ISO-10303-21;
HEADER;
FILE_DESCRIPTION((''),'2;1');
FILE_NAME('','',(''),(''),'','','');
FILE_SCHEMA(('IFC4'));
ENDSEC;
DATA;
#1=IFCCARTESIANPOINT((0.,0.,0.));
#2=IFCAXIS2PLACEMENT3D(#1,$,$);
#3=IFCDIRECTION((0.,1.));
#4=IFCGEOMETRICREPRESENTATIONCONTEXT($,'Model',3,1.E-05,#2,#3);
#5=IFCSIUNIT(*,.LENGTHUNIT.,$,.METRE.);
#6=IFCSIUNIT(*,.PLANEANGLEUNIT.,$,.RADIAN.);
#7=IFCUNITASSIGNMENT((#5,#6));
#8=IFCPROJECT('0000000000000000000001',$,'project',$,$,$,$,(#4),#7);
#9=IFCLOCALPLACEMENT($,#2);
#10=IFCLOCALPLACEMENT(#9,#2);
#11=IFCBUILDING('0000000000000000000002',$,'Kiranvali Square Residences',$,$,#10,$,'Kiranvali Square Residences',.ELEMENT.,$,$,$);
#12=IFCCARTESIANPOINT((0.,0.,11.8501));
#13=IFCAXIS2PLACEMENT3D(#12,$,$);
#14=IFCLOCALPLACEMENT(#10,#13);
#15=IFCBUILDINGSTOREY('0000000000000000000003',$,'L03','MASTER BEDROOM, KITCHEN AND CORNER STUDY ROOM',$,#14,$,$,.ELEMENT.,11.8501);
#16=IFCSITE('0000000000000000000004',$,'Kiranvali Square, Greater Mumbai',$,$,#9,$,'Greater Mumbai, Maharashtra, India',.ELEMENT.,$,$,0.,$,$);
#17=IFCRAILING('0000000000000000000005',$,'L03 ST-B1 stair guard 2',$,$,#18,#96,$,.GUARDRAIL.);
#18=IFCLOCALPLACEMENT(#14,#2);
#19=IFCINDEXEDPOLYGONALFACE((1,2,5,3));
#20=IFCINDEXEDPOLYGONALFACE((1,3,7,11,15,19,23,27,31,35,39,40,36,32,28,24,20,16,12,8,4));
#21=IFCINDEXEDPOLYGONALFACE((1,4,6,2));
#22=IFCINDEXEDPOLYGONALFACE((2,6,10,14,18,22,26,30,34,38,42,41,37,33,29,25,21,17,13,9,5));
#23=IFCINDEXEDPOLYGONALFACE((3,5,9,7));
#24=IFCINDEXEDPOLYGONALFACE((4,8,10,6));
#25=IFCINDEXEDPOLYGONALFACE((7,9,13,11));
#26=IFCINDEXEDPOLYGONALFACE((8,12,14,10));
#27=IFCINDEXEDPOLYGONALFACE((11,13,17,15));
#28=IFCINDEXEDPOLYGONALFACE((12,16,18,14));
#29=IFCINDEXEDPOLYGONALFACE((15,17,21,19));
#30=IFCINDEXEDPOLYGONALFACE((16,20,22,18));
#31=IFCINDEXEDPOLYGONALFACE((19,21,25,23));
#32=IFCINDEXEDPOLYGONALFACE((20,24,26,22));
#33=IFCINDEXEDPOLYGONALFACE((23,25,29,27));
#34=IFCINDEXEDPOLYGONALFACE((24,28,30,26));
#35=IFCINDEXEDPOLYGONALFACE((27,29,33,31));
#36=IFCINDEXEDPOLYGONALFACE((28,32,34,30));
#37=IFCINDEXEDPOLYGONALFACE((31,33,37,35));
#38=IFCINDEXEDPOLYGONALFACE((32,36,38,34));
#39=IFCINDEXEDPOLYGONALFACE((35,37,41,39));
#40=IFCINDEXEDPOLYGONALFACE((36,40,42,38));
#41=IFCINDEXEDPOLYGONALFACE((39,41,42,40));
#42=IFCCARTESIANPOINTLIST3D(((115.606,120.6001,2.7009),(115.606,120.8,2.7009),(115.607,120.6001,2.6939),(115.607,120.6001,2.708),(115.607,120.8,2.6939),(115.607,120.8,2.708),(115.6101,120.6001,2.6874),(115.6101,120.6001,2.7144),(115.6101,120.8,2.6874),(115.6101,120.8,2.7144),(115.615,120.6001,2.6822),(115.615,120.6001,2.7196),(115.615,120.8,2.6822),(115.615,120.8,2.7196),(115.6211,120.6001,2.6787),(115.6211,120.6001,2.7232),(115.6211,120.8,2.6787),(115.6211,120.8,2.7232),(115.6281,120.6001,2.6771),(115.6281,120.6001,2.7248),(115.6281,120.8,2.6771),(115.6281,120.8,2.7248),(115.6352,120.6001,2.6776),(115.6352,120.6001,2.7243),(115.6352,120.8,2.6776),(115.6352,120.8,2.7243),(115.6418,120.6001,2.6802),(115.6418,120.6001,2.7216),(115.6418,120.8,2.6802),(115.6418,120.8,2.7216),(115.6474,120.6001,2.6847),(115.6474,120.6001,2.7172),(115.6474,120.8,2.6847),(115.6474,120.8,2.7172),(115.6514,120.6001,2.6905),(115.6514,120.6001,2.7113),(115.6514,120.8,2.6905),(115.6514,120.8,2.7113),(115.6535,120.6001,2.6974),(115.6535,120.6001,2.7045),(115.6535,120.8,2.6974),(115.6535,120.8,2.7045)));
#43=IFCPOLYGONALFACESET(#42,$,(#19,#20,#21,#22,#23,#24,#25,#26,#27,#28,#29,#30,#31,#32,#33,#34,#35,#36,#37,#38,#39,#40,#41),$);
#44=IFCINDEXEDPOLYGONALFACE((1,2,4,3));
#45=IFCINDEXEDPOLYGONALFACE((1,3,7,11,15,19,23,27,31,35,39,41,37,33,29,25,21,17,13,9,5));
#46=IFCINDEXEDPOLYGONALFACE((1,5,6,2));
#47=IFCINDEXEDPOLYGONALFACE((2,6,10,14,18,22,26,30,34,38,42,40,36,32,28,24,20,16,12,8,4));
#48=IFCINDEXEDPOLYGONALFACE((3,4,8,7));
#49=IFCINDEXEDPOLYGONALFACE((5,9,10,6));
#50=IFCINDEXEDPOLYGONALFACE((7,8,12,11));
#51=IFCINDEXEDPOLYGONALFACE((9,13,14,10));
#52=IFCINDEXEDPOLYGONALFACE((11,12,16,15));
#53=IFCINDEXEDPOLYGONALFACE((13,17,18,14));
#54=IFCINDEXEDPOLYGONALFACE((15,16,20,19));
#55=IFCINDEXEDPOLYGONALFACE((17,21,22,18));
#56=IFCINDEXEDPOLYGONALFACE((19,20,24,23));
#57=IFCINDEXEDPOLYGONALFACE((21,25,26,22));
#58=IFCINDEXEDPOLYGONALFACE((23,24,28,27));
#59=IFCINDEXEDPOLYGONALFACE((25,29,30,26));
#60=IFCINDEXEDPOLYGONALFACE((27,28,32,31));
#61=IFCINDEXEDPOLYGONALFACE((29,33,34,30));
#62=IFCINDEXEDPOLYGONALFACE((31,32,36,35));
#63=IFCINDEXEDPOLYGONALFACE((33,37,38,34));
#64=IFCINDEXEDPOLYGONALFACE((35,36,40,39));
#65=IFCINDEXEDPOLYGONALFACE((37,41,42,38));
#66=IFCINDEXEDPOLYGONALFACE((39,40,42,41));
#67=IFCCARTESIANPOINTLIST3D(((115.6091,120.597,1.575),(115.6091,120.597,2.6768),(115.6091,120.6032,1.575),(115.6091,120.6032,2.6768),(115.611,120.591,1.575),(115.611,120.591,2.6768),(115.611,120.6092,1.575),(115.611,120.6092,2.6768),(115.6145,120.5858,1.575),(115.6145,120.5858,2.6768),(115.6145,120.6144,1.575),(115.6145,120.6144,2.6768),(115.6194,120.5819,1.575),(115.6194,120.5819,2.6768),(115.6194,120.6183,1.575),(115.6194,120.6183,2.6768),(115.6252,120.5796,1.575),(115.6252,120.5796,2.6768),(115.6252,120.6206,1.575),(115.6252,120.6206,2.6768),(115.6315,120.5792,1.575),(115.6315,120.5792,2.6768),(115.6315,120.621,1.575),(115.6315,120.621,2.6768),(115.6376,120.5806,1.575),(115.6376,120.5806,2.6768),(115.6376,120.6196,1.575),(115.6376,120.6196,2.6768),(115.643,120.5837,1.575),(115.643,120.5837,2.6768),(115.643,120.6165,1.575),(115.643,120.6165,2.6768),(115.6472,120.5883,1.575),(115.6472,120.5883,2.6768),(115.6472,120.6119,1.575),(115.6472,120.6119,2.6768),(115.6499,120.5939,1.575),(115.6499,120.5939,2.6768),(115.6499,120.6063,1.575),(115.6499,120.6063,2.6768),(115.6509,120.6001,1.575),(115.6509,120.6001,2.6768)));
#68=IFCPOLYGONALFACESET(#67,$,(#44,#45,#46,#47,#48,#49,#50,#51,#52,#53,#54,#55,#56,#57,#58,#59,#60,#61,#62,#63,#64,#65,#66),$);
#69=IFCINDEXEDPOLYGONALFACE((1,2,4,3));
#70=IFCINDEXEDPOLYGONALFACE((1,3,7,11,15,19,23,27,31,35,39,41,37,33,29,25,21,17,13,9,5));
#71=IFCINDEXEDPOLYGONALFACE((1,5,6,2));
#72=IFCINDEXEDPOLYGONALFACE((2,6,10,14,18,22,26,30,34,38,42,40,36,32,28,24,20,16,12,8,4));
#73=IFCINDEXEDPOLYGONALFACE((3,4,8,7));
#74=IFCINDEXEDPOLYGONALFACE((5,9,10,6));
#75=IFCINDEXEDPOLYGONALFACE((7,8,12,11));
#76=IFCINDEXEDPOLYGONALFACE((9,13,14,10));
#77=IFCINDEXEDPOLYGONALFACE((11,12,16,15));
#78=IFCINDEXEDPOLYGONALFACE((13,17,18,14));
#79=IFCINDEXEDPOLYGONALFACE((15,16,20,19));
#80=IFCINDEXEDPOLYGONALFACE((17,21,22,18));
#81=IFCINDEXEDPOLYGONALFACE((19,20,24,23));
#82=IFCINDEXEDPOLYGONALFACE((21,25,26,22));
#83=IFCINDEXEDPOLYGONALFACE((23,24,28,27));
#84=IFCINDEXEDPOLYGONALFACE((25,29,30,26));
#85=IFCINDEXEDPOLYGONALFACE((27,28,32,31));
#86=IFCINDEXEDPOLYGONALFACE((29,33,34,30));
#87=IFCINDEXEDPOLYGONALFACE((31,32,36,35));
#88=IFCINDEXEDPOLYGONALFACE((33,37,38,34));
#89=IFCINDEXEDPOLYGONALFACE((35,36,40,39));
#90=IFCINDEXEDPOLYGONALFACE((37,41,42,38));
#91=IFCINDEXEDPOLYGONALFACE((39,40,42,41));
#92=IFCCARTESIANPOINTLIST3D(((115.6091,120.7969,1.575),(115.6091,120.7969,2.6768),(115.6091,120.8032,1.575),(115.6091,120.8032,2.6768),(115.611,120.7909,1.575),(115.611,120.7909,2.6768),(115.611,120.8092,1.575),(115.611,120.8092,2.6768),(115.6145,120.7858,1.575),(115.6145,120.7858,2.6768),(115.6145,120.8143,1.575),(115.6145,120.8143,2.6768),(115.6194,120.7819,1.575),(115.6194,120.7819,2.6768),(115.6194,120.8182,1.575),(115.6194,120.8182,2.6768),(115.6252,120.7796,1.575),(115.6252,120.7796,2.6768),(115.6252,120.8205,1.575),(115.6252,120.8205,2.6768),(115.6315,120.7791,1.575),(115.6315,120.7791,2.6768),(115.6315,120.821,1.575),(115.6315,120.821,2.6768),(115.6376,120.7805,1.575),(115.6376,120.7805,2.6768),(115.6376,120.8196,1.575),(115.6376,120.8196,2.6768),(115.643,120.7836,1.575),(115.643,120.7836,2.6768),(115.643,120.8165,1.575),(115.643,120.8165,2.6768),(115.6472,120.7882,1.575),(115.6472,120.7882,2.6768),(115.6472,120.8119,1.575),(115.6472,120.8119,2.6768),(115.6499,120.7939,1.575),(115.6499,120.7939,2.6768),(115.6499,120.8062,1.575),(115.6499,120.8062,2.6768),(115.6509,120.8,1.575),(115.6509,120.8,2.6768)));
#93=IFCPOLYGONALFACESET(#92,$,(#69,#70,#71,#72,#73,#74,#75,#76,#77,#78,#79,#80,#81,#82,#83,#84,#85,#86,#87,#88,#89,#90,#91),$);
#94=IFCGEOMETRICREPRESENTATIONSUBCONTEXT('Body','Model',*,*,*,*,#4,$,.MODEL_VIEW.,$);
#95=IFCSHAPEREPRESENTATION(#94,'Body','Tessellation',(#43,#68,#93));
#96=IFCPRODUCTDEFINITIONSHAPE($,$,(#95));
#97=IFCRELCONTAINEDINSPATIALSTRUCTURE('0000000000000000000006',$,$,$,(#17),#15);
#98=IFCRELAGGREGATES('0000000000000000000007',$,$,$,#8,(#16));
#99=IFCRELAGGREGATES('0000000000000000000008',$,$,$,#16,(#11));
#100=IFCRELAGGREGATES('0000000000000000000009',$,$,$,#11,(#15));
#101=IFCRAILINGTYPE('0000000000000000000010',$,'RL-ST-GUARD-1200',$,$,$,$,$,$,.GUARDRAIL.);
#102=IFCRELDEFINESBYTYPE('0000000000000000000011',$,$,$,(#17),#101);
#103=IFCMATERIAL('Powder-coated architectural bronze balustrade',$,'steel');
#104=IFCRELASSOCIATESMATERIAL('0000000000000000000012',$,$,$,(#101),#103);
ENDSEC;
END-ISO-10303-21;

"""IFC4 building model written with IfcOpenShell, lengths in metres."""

from ifc_helpers import new_model, si_unit, direction, frame, origin, origin_2d, place, context, subcontext, project, spatial, circle, extrude, material, type_object, element, save


model = new_model("IFC4")

# Units and contexts
model_context = context("Model", 3, precision=1e-05, world=origin(), true_north=direction((0.0, 1.0)))
body_context = subcontext(model_context, "Body", "Model", "MODEL_VIEW")
ifc_project = project(units=[si_unit("LENGTHUNIT", "METRE"), si_unit("PLANEANGLEUNIT", "RADIAN")], contexts=[model_context])

# Site, building, storey
site_placement = place(None, origin())
site = spatial("IfcSite", under=ifc_project, at=site_placement, Name="Kiranvali Square, Greater Mumbai", LongName="Greater Mumbai, Maharashtra, India", CompositionType="ELEMENT", RefElevation=0.0)
building_placement = place(site_placement, origin())
building = spatial("IfcBuilding", under=site, at=building_placement, Name="Kiranvali Square Residences", LongName="Kiranvali Square Residences", CompositionType="ELEMENT")
storey_placement = place(building_placement, frame((0.0, 0.0, 11.8501)))
storey = spatial("IfcBuildingStorey", under=building, at=storey_placement, Name="L03", Description="MASTER BEDROOM, KITCHEN AND CORNER STUDY ROOM", CompositionType="ELEMENT", Elevation=11.8501)

# Railing
ifc_material_1 = material(Name="Powder-coated architectural bronze balustrade", Category="steel")
railing_type_1 = type_object("IfcRailingType", Name="RL-ST-GUARD-1200", PredefinedType="GUARDRAIL", material=ifc_material_1)
railing_1_placement = place(storey_placement, frame((115.6299, 120.6001, 1.575)))
element("IfcRailing", 1, at=railing_1_placement, inside=storey, type_object=railing_type_1, Name="L03 ST-B1 stair guard 2", PredefinedType="GUARDRAIL", context=body_context, shape_type="SweptSolid", body=[
    extrude(circle(Radius=0.0239, at=origin_2d()), frame((0.0, 0.0, 1.126), z_axis=(0.0, 1.0, 0.0), x_axis=(-1.0, 0.0, 0.0)), (0.0, 0.0, 1.0), 0.2),
    extrude(circle(Radius=0.021, at=origin_2d()), origin(), (0.0, 0.0, 1.0), 1.1018),
    extrude(circle(Radius=0.021, at=origin_2d()), frame((0.0, 0.2, 0.0)), (0.0, 0.0, 1.0), 1.1018),
])

save(model, "model.ifc")
